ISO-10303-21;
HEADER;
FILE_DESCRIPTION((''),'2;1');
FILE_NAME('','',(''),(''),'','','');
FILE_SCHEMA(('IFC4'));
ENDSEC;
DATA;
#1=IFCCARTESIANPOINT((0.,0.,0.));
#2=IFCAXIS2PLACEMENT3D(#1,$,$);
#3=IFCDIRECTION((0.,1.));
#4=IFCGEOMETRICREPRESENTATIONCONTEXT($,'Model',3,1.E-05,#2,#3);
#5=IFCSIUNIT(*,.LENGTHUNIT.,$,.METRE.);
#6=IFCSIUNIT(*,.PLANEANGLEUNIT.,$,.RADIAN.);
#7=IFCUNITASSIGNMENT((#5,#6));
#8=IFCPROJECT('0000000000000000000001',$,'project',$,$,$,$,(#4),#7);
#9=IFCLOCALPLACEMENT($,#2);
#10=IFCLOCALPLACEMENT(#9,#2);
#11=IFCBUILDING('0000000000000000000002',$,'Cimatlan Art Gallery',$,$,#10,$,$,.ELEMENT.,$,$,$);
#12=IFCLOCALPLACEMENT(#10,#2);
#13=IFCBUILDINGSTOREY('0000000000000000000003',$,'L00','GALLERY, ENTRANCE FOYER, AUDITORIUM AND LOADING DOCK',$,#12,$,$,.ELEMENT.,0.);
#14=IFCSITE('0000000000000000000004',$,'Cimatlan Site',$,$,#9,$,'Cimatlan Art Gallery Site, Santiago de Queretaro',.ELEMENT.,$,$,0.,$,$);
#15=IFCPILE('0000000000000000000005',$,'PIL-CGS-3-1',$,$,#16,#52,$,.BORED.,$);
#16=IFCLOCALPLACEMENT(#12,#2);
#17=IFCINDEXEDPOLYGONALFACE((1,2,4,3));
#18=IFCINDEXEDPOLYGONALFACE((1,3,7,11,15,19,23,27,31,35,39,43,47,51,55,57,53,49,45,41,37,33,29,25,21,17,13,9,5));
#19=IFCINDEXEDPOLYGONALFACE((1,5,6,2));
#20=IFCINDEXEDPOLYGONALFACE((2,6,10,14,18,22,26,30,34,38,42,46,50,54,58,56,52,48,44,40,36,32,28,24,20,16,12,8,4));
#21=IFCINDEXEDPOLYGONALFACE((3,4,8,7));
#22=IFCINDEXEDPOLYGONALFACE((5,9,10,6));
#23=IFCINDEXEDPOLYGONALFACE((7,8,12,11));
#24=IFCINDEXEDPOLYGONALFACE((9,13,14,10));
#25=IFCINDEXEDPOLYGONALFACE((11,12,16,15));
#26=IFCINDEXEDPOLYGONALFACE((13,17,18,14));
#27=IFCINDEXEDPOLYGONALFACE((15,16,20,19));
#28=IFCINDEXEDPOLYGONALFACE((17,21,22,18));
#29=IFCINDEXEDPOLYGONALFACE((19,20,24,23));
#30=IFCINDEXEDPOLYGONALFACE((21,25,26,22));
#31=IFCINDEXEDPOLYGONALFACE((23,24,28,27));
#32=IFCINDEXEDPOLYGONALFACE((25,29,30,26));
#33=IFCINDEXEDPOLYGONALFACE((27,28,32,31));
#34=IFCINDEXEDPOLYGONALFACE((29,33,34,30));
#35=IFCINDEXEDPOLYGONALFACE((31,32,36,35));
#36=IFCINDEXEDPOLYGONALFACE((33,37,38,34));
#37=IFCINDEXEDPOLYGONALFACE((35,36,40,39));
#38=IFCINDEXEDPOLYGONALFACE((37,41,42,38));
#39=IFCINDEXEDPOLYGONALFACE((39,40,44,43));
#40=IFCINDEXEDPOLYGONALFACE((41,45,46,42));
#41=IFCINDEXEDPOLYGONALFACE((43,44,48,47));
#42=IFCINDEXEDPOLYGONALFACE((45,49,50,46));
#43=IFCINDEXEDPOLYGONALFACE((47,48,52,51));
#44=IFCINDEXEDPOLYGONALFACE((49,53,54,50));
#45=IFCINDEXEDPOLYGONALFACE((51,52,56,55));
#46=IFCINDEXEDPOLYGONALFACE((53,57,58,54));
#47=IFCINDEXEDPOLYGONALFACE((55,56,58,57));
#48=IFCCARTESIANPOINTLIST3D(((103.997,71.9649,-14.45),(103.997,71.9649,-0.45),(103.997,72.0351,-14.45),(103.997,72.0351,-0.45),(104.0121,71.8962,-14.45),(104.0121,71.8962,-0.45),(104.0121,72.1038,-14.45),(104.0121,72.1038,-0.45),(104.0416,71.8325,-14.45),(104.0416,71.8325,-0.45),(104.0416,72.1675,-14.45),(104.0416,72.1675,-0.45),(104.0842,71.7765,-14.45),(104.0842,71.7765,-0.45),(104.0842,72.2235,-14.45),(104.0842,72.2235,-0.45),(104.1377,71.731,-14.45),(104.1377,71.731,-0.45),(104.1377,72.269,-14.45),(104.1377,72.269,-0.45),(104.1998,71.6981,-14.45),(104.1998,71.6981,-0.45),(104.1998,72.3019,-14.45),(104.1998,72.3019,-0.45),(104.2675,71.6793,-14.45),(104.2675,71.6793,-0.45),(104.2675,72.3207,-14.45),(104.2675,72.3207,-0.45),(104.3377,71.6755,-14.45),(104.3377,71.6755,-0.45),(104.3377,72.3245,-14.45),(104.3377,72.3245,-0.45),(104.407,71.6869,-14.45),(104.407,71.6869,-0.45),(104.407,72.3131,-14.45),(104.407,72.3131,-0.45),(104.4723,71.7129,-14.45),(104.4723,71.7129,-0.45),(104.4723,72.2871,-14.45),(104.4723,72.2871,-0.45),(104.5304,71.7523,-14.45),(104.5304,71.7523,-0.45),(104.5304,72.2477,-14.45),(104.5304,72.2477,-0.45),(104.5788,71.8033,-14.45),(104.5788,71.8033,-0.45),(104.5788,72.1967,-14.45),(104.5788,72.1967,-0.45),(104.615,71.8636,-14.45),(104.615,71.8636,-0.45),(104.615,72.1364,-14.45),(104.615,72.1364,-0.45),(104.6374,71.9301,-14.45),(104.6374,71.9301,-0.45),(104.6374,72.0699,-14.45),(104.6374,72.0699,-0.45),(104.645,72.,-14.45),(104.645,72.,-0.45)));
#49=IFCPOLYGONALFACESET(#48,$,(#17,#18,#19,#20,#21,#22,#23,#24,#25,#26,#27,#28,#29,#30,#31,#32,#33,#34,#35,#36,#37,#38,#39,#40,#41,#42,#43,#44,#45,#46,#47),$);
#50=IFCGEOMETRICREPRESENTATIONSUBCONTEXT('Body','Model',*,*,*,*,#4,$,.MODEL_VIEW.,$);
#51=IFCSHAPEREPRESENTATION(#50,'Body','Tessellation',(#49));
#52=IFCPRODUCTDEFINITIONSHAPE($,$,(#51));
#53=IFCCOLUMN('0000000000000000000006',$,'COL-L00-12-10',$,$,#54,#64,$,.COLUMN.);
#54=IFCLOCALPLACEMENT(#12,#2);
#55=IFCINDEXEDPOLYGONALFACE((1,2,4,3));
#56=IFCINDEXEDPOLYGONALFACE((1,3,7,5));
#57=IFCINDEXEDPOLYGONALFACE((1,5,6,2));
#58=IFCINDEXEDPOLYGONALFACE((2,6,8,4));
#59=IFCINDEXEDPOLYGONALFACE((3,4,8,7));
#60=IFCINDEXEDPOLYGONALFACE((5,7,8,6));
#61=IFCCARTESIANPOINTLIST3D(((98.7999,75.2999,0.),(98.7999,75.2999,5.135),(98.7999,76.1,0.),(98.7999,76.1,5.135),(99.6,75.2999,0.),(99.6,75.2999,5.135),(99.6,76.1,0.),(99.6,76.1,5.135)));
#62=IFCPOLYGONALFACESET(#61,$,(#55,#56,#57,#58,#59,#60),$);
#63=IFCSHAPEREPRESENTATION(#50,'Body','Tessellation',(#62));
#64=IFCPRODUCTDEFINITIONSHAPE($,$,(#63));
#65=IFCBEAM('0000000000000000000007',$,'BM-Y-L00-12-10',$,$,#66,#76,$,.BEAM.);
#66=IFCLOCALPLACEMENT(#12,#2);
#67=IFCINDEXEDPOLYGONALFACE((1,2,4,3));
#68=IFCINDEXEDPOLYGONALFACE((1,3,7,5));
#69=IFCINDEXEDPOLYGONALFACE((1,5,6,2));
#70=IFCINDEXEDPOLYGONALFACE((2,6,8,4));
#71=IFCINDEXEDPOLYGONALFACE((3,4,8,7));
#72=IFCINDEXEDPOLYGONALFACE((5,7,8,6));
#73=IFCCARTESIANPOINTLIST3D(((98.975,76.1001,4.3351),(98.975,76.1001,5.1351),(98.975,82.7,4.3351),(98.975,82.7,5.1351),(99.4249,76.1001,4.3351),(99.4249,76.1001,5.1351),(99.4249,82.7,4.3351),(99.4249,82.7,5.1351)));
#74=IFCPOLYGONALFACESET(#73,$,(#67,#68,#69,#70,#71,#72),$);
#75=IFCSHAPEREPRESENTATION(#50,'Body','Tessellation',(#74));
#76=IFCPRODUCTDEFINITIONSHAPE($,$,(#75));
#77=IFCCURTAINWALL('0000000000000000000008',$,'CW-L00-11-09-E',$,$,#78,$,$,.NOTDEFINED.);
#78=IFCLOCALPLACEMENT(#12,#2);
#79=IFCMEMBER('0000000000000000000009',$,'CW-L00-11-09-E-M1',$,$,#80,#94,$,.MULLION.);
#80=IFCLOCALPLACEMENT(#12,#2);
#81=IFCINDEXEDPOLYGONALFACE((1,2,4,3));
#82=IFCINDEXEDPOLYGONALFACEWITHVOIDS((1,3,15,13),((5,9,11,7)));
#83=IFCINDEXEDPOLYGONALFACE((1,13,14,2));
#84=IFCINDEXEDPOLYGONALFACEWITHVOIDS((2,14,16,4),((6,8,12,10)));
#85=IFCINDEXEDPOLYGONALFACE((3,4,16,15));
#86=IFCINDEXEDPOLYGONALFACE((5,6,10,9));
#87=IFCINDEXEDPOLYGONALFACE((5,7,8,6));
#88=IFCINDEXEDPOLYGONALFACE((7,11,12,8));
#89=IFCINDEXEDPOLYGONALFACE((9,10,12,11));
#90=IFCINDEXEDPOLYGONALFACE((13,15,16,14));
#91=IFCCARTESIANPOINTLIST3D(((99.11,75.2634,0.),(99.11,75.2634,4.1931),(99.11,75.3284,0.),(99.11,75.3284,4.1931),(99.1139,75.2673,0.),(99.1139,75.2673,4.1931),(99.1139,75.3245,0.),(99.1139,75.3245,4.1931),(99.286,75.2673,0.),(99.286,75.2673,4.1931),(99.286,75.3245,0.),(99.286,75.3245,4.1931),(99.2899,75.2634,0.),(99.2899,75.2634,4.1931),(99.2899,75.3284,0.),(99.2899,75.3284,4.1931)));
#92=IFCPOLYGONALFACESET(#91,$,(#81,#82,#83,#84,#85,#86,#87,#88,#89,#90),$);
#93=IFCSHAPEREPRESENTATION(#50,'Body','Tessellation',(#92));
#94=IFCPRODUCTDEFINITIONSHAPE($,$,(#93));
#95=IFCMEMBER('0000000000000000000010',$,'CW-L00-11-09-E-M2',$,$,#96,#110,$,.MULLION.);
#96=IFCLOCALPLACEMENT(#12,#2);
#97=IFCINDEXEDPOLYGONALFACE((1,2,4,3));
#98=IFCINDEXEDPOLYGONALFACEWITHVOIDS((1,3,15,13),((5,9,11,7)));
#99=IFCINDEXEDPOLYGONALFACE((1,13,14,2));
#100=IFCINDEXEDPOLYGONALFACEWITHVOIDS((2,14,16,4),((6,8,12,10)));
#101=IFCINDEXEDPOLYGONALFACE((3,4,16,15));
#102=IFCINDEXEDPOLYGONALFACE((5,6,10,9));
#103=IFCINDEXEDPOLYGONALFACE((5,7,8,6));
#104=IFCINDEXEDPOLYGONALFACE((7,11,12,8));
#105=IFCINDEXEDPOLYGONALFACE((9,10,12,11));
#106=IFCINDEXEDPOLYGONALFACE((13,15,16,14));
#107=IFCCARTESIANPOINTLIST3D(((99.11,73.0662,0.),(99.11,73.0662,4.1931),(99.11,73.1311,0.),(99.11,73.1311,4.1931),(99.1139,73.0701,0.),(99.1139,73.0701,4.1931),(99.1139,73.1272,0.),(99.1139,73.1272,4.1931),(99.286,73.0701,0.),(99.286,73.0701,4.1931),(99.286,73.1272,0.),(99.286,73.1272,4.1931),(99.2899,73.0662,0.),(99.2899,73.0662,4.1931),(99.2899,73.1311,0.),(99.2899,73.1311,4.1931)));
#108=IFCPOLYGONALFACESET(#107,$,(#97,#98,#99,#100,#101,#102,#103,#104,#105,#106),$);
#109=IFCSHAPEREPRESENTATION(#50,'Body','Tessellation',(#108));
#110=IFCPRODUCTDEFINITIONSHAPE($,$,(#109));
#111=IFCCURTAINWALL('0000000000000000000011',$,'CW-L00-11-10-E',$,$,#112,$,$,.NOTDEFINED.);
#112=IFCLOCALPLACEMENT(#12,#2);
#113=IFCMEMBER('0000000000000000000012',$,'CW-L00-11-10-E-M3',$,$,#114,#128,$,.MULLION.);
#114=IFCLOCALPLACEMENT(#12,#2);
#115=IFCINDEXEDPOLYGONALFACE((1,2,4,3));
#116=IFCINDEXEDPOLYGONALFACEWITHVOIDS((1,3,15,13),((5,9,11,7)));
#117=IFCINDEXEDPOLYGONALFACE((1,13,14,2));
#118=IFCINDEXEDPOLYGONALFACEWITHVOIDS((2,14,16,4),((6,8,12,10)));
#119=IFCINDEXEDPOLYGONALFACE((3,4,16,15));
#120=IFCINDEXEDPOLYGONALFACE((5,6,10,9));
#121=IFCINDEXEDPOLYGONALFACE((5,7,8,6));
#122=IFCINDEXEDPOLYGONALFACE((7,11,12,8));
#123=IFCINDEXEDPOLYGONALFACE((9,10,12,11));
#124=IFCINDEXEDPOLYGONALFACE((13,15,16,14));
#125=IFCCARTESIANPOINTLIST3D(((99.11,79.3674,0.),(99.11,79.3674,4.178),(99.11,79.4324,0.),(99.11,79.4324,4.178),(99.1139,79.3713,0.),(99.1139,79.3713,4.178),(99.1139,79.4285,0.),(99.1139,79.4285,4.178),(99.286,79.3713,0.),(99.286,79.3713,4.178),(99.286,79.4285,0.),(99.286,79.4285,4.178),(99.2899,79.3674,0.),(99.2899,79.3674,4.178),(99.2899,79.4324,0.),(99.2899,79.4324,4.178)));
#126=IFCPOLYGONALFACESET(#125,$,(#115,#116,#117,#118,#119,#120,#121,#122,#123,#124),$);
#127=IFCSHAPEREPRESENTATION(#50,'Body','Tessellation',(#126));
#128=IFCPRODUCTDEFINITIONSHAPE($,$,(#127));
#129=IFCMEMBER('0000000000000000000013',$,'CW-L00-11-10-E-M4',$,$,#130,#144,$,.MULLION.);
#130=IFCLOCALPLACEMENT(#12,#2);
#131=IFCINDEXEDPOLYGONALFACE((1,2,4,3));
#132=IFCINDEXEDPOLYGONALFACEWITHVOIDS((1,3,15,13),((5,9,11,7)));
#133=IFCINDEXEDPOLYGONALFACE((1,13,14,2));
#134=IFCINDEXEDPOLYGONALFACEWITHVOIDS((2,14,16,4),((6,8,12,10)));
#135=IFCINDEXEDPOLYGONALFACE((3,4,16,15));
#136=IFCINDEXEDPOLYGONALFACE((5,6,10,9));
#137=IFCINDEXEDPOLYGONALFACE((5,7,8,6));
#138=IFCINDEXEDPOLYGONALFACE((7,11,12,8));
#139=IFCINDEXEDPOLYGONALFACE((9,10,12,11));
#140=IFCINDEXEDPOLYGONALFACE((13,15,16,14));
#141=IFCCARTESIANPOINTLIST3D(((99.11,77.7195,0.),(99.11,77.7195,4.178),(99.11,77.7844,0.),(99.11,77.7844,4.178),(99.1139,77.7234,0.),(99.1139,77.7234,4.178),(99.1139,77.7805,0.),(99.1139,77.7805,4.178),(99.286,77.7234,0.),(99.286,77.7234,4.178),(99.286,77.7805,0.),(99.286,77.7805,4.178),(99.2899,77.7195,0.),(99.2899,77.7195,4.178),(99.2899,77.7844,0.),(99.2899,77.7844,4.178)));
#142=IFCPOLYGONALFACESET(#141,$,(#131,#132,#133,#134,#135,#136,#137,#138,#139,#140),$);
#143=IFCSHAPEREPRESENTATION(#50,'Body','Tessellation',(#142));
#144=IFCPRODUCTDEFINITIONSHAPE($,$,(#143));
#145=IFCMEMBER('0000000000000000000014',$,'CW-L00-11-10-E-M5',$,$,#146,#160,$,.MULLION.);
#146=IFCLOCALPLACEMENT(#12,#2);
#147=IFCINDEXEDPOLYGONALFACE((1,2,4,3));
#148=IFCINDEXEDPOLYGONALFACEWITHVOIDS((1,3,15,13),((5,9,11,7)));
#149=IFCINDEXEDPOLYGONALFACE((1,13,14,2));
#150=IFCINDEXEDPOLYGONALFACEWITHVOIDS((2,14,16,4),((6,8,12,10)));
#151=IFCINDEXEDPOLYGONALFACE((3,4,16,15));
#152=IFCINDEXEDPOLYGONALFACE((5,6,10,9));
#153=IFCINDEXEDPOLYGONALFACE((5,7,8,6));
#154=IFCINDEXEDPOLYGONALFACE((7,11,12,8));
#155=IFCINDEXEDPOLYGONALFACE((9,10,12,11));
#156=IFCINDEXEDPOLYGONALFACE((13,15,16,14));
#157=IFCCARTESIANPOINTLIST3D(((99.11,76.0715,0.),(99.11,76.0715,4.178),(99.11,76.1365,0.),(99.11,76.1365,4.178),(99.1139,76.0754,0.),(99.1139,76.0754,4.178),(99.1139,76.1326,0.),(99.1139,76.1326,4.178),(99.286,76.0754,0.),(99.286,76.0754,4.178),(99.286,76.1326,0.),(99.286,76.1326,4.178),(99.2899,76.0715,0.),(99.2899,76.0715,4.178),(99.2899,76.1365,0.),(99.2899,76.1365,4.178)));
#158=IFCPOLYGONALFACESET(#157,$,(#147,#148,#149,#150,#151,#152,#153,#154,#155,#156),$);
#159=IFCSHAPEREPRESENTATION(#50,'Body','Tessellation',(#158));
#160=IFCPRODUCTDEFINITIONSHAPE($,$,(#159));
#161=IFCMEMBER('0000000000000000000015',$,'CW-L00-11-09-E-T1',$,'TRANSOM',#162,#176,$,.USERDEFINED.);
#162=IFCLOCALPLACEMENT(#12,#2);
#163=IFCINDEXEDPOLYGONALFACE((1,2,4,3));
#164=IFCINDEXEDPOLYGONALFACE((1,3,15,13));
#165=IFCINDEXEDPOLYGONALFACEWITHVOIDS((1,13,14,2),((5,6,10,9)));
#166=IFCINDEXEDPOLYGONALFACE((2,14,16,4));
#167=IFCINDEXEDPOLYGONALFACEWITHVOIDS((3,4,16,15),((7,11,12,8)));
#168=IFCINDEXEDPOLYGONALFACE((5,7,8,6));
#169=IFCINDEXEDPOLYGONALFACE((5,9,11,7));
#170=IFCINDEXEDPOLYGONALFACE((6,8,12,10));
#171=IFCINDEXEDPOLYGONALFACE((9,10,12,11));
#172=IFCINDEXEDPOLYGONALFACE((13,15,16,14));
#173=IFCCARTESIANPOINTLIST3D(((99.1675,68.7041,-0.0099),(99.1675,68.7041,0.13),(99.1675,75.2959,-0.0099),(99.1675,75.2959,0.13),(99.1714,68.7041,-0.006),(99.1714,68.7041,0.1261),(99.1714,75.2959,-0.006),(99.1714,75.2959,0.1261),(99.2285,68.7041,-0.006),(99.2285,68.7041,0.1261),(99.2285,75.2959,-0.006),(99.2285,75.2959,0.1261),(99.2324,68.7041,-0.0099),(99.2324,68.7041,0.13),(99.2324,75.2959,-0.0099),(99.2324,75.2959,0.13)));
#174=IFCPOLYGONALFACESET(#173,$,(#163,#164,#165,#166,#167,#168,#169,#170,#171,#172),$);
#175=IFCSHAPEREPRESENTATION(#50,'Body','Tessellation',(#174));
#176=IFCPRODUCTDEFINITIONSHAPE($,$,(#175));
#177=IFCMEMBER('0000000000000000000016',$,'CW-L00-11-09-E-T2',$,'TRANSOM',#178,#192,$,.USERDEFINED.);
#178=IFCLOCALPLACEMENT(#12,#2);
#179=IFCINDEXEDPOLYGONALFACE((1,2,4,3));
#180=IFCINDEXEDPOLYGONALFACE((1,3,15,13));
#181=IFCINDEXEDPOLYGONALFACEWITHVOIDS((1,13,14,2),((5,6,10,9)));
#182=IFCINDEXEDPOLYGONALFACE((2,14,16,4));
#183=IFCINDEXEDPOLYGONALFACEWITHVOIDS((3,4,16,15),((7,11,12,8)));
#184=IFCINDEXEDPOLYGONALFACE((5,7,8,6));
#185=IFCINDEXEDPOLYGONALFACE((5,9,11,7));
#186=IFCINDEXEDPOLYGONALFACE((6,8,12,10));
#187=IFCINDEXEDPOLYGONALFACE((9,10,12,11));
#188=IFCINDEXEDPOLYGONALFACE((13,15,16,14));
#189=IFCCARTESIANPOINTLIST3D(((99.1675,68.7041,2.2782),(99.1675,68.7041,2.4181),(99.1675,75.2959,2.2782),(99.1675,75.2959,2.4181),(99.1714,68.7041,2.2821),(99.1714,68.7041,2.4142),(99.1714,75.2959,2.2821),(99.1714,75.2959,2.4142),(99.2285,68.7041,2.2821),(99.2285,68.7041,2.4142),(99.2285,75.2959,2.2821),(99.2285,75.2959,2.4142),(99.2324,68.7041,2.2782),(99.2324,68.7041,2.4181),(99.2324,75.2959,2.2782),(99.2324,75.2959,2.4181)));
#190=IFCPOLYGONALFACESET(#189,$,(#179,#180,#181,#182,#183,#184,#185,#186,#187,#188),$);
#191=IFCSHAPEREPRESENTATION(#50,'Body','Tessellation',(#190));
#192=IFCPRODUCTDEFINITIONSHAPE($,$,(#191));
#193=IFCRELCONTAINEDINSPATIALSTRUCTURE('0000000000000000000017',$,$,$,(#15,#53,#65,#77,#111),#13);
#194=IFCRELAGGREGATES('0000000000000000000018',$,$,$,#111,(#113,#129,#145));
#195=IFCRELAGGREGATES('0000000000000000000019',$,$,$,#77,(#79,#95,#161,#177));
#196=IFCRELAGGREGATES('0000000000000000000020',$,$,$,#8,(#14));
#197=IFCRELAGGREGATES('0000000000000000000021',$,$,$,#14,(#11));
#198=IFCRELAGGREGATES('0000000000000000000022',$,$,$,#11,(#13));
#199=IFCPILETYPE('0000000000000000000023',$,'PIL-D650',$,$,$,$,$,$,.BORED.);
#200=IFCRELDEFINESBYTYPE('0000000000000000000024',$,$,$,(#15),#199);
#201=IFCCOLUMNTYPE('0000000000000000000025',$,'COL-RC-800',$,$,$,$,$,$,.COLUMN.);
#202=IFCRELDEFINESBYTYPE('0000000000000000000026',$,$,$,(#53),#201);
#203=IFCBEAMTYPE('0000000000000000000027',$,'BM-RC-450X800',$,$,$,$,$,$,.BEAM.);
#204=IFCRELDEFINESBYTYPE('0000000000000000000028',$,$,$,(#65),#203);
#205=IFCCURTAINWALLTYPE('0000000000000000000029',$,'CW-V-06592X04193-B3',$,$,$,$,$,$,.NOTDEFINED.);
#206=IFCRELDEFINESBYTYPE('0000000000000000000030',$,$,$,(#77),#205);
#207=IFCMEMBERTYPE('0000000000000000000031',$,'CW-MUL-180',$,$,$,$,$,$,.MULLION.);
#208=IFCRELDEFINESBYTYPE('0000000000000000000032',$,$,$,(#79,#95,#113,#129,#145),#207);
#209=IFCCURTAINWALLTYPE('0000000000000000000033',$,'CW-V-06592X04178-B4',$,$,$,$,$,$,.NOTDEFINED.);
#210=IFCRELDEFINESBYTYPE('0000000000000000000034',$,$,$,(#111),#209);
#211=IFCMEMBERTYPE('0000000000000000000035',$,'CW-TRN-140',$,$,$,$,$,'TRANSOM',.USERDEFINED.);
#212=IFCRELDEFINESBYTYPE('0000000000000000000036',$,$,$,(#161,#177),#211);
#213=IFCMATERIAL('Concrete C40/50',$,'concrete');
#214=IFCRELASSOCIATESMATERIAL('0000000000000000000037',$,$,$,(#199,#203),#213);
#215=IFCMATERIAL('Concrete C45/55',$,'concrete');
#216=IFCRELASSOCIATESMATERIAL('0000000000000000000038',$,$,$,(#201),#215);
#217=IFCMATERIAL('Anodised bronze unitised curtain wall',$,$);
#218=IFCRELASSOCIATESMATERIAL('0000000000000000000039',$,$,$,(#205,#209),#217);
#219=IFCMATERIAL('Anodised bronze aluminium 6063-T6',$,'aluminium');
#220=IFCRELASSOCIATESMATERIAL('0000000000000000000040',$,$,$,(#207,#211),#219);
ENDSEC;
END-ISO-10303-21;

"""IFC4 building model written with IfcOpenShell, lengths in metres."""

from ifc_helpers import new_model, si_unit, direction, frame, origin, origin_2d, place, context, subcontext, project, spatial, rectangle, hollow_rectangle, circle, extrude, material, material_profile, profile_set, type_object, element, aggregate, save


model = new_model("IFC4")

# Units and contexts
model_context = context("Model", 3, precision=1e-05, world=origin(), true_north=direction((0.0, 1.0)))
body_context = subcontext(model_context, "Body", "Model", "MODEL_VIEW")
ifc_project = project(units=[si_unit("LENGTHUNIT", "METRE"), si_unit("PLANEANGLEUNIT", "RADIAN")], contexts=[model_context])

# Site, building, storey
site_placement = place(None, origin())
site = spatial("IfcSite", under=ifc_project, at=site_placement, Name="Cimatlan Site", LongName="Cimatlan Art Gallery Site, Santiago de Queretaro", CompositionType="ELEMENT", RefElevation=0.0)
building_placement = place(site_placement, origin())
building = spatial("IfcBuilding", under=site, at=building_placement, Name="Cimatlan Art Gallery", CompositionType="ELEMENT")
storey_placement = place(building_placement, origin())
storey = spatial("IfcBuildingStorey", under=building, at=storey_placement, Name="L00", Description="GALLERY, ENTRANCE FOYER, AUDITORIUM AND LOADING DOCK", CompositionType="ELEMENT", Elevation=0.0)

# Pile
ifc_material_1 = material(Name="Concrete C40/50", Category="concrete")
pile_type = type_object("IfcPileType", Name="PIL-D650", PredefinedType="BORED", material=ifc_material_1)
pile_placement = place(storey_placement, frame((104.3201, 72.0, -0.45), z_axis=(0.0, 0.0, -1.0), x_axis=(1.0, 0.0, 0.0)))
element("IfcPile", 1, at=pile_placement, inside=storey, type_object=pile_type, Name="PIL-CGS-3-1", PredefinedType="BORED", context=body_context, shape_type="SweptSolid", body=[
    extrude(circle(Radius=0.325, at=origin_2d()), origin(), (0.0, 0.0, 1.0), 14.0),
])

# Column
ifc_material_2 = material(Name="Concrete C45/55", Category="concrete")
ifc_material_profile_1 = material_profile(ifc_material_2, rectangle(XDim=0.8, YDim=0.8, at=origin_2d()), Name="RC800X800")
ifc_profile_set_1 = profile_set([ifc_material_profile_1], Name="Concrete C45/55")
column_type = type_object("IfcColumnType", Name="COL-RC-800", PredefinedType="COLUMN", material=ifc_profile_set_1)
column_placement = place(storey_placement, frame((99.2, 75.7, 0.0), z_axis=(0.0, 0.0, 1.0), x_axis=(1.0, 0.0, 0.0)))
element("IfcColumn", 2, at=column_placement, inside=storey, type_object=column_type, Name="COL-L00-12-10", PredefinedType="COLUMN", context=body_context, shape_type="SweptSolid", body=[
    extrude(rectangle(XDim=0.8, YDim=0.8, at=origin_2d()), origin(), (0.0, 0.0, 1.0), 5.135),
])

# Beam
ifc_material_profile_2 = material_profile(ifc_material_1, rectangle(XDim=0.45, YDim=0.8, at=origin_2d()), Name="RC450X800")
ifc_profile_set_2 = profile_set([ifc_material_profile_2], Name="Concrete C40/50")
beam_type = type_object("IfcBeamType", Name="BM-RC-450X800", PredefinedType="BEAM", material=ifc_profile_set_2)
beam_placement = place(storey_placement, frame((99.2, 76.1001, 4.7351), z_axis=(0.0, 1.0, 0.0), x_axis=(-1.0, 0.0, 0.0)))
element("IfcBeam", 3, at=beam_placement, inside=storey, type_object=beam_type, Name="BM-Y-L00-12-10", PredefinedType="BEAM", context=body_context, shape_type="SweptSolid", body=[
    extrude(rectangle(XDim=0.45, YDim=0.8, at=origin_2d()), origin(), (0.0, 0.0, 1.0), 6.5999),
])

# Curtain walls, members
ifc_material_3 = material(Name="Anodised bronze unitised curtain wall")
curtain_wall_type_1 = type_object("IfcCurtainWallType", Name="CW-V-06592X04193-B3", PredefinedType="NOTDEFINED", material=ifc_material_3)
curtain_wall_1_placement = place(storey_placement, origin())
curtain_wall_1 = element("IfcCurtainWall", 4, at=curtain_wall_1_placement, inside=storey, type_object=curtain_wall_type_1, Name="CW-L00-11-09-E", PredefinedType="NOTDEFINED")
ifc_material_4 = material(Name="Anodised bronze aluminium 6063-T6", Category="aluminium")
ifc_material_profile_3 = material_profile(ifc_material_4, hollow_rectangle(XDim=0.0649, YDim=0.1799, WallThickness=0.0039, at=origin_2d()), Name="ALU65X180X4")
ifc_profile_set_3 = profile_set([ifc_material_profile_3], Name="Anodised bronze aluminium 6063-T6")
member_type_1 = type_object("IfcMemberType", Name="CW-MUL-180", PredefinedType="MULLION", material=ifc_profile_set_3)
member_1_placement = place(storey_placement, frame((99.2, 75.2959, 0.0), z_axis=(0.0, 0.0, 1.0), x_axis=(0.0, 1.0, 0.0)))
member_1 = element("IfcMember", 5, at=member_1_placement, type_object=member_type_1, Name="CW-L00-11-09-E-M1", PredefinedType="MULLION", context=body_context, shape_type="SweptSolid", body=[
    extrude(hollow_rectangle(XDim=0.0649, YDim=0.1799, WallThickness=0.0039, at=origin_2d()), origin(), (0.0, 0.0, 1.0), 4.1931),
])
member_2_placement = place(storey_placement, frame((99.2, 73.0986, 0.0), z_axis=(0.0, 0.0, 1.0), x_axis=(0.0, 1.0, 0.0)))
member_2 = element("IfcMember", 6, at=member_2_placement, type_object=member_type_1, Name="CW-L00-11-09-E-M2", PredefinedType="MULLION", context=body_context, shape_type="SweptSolid", body=[
    extrude(hollow_rectangle(XDim=0.0649, YDim=0.1799, WallThickness=0.0039, at=origin_2d()), origin(), (0.0, 0.0, 1.0), 4.1931),
])
curtain_wall_type_2 = type_object("IfcCurtainWallType", Name="CW-V-06592X04178-B4", PredefinedType="NOTDEFINED", material=ifc_material_3)
curtain_wall_2_placement = place(storey_placement, origin())
curtain_wall_2 = element("IfcCurtainWall", 7, at=curtain_wall_2_placement, inside=storey, type_object=curtain_wall_type_2, Name="CW-L00-11-10-E", PredefinedType="NOTDEFINED")
member_3_placement = place(storey_placement, frame((99.2, 79.3999, 0.0), z_axis=(0.0, 0.0, 1.0), x_axis=(0.0, 1.0, 0.0)))
member_3 = element("IfcMember", 8, at=member_3_placement, type_object=member_type_1, Name="CW-L00-11-10-E-M3", PredefinedType="MULLION", context=body_context, shape_type="SweptSolid", body=[
    extrude(hollow_rectangle(XDim=0.0649, YDim=0.1799, WallThickness=0.0039, at=origin_2d()), origin(), (0.0, 0.0, 1.0), 4.178),
])
member_4_placement = place(storey_placement, frame((99.2, 77.752, 0.0), z_axis=(0.0, 0.0, 1.0), x_axis=(0.0, 1.0, 0.0)))
member_4 = element("IfcMember", 9, at=member_4_placement, type_object=member_type_1, Name="CW-L00-11-10-E-M4", PredefinedType="MULLION", context=body_context, shape_type="SweptSolid", body=[
    extrude(hollow_rectangle(XDim=0.0649, YDim=0.1799, WallThickness=0.0039, at=origin_2d()), origin(), (0.0, 0.0, 1.0), 4.178),
])
member_5_placement = place(storey_placement, frame((99.2, 76.104, 0.0), z_axis=(0.0, 0.0, 1.0), x_axis=(0.0, 1.0, 0.0)))
member_5 = element("IfcMember", 10, at=member_5_placement, type_object=member_type_1, Name="CW-L00-11-10-E-M5", PredefinedType="MULLION", context=body_context, shape_type="SweptSolid", body=[
    extrude(hollow_rectangle(XDim=0.0649, YDim=0.1799, WallThickness=0.0039, at=origin_2d()), origin(), (0.0, 0.0, 1.0), 4.178),
])

# Members
ifc_material_profile_4 = material_profile(ifc_material_4, hollow_rectangle(XDim=0.0649, YDim=0.1399, WallThickness=0.0039, at=origin_2d()), Name="ALU65X140X4")
ifc_profile_set_4 = profile_set([ifc_material_profile_4], Name="Anodised bronze aluminium 6063-T6")
member_type_2 = type_object("IfcMemberType", Name="CW-TRN-140", ElementType="TRANSOM", PredefinedType="USERDEFINED", material=ifc_profile_set_4)
member_6_placement = place(storey_placement, frame((99.2, 75.2959, 0.0601), z_axis=(0.0, -1.0, 0.0), x_axis=(1.0, 0.0, 0.0)))
member_6 = element("IfcMember", 11, at=member_6_placement, type_object=member_type_2, Name="CW-L00-11-09-E-T1", ObjectType="TRANSOM", PredefinedType="USERDEFINED", context=body_context, shape_type="SweptSolid", body=[
    extrude(hollow_rectangle(XDim=0.0649, YDim=0.1399, WallThickness=0.0039, at=origin_2d()), origin(), (0.0, 0.0, 1.0), 6.5918),
])
member_7_placement = place(storey_placement, frame((99.2, 75.2959, 2.3481), z_axis=(0.0, -1.0, 0.0), x_axis=(1.0, 0.0, 0.0)))
member_7 = element("IfcMember", 12, at=member_7_placement, type_object=member_type_2, Name="CW-L00-11-09-E-T2", ObjectType="TRANSOM", PredefinedType="USERDEFINED", context=body_context, shape_type="SweptSolid", body=[
    extrude(hollow_rectangle(XDim=0.0649, YDim=0.1399, WallThickness=0.0039, at=origin_2d()), origin(), (0.0, 0.0, 1.0), 6.5918),
])

aggregate(curtain_wall_2, [member_3, member_4, member_5])
aggregate(curtain_wall_1, [member_1, member_2, member_6, member_7])

save(model, "model.ifc")
